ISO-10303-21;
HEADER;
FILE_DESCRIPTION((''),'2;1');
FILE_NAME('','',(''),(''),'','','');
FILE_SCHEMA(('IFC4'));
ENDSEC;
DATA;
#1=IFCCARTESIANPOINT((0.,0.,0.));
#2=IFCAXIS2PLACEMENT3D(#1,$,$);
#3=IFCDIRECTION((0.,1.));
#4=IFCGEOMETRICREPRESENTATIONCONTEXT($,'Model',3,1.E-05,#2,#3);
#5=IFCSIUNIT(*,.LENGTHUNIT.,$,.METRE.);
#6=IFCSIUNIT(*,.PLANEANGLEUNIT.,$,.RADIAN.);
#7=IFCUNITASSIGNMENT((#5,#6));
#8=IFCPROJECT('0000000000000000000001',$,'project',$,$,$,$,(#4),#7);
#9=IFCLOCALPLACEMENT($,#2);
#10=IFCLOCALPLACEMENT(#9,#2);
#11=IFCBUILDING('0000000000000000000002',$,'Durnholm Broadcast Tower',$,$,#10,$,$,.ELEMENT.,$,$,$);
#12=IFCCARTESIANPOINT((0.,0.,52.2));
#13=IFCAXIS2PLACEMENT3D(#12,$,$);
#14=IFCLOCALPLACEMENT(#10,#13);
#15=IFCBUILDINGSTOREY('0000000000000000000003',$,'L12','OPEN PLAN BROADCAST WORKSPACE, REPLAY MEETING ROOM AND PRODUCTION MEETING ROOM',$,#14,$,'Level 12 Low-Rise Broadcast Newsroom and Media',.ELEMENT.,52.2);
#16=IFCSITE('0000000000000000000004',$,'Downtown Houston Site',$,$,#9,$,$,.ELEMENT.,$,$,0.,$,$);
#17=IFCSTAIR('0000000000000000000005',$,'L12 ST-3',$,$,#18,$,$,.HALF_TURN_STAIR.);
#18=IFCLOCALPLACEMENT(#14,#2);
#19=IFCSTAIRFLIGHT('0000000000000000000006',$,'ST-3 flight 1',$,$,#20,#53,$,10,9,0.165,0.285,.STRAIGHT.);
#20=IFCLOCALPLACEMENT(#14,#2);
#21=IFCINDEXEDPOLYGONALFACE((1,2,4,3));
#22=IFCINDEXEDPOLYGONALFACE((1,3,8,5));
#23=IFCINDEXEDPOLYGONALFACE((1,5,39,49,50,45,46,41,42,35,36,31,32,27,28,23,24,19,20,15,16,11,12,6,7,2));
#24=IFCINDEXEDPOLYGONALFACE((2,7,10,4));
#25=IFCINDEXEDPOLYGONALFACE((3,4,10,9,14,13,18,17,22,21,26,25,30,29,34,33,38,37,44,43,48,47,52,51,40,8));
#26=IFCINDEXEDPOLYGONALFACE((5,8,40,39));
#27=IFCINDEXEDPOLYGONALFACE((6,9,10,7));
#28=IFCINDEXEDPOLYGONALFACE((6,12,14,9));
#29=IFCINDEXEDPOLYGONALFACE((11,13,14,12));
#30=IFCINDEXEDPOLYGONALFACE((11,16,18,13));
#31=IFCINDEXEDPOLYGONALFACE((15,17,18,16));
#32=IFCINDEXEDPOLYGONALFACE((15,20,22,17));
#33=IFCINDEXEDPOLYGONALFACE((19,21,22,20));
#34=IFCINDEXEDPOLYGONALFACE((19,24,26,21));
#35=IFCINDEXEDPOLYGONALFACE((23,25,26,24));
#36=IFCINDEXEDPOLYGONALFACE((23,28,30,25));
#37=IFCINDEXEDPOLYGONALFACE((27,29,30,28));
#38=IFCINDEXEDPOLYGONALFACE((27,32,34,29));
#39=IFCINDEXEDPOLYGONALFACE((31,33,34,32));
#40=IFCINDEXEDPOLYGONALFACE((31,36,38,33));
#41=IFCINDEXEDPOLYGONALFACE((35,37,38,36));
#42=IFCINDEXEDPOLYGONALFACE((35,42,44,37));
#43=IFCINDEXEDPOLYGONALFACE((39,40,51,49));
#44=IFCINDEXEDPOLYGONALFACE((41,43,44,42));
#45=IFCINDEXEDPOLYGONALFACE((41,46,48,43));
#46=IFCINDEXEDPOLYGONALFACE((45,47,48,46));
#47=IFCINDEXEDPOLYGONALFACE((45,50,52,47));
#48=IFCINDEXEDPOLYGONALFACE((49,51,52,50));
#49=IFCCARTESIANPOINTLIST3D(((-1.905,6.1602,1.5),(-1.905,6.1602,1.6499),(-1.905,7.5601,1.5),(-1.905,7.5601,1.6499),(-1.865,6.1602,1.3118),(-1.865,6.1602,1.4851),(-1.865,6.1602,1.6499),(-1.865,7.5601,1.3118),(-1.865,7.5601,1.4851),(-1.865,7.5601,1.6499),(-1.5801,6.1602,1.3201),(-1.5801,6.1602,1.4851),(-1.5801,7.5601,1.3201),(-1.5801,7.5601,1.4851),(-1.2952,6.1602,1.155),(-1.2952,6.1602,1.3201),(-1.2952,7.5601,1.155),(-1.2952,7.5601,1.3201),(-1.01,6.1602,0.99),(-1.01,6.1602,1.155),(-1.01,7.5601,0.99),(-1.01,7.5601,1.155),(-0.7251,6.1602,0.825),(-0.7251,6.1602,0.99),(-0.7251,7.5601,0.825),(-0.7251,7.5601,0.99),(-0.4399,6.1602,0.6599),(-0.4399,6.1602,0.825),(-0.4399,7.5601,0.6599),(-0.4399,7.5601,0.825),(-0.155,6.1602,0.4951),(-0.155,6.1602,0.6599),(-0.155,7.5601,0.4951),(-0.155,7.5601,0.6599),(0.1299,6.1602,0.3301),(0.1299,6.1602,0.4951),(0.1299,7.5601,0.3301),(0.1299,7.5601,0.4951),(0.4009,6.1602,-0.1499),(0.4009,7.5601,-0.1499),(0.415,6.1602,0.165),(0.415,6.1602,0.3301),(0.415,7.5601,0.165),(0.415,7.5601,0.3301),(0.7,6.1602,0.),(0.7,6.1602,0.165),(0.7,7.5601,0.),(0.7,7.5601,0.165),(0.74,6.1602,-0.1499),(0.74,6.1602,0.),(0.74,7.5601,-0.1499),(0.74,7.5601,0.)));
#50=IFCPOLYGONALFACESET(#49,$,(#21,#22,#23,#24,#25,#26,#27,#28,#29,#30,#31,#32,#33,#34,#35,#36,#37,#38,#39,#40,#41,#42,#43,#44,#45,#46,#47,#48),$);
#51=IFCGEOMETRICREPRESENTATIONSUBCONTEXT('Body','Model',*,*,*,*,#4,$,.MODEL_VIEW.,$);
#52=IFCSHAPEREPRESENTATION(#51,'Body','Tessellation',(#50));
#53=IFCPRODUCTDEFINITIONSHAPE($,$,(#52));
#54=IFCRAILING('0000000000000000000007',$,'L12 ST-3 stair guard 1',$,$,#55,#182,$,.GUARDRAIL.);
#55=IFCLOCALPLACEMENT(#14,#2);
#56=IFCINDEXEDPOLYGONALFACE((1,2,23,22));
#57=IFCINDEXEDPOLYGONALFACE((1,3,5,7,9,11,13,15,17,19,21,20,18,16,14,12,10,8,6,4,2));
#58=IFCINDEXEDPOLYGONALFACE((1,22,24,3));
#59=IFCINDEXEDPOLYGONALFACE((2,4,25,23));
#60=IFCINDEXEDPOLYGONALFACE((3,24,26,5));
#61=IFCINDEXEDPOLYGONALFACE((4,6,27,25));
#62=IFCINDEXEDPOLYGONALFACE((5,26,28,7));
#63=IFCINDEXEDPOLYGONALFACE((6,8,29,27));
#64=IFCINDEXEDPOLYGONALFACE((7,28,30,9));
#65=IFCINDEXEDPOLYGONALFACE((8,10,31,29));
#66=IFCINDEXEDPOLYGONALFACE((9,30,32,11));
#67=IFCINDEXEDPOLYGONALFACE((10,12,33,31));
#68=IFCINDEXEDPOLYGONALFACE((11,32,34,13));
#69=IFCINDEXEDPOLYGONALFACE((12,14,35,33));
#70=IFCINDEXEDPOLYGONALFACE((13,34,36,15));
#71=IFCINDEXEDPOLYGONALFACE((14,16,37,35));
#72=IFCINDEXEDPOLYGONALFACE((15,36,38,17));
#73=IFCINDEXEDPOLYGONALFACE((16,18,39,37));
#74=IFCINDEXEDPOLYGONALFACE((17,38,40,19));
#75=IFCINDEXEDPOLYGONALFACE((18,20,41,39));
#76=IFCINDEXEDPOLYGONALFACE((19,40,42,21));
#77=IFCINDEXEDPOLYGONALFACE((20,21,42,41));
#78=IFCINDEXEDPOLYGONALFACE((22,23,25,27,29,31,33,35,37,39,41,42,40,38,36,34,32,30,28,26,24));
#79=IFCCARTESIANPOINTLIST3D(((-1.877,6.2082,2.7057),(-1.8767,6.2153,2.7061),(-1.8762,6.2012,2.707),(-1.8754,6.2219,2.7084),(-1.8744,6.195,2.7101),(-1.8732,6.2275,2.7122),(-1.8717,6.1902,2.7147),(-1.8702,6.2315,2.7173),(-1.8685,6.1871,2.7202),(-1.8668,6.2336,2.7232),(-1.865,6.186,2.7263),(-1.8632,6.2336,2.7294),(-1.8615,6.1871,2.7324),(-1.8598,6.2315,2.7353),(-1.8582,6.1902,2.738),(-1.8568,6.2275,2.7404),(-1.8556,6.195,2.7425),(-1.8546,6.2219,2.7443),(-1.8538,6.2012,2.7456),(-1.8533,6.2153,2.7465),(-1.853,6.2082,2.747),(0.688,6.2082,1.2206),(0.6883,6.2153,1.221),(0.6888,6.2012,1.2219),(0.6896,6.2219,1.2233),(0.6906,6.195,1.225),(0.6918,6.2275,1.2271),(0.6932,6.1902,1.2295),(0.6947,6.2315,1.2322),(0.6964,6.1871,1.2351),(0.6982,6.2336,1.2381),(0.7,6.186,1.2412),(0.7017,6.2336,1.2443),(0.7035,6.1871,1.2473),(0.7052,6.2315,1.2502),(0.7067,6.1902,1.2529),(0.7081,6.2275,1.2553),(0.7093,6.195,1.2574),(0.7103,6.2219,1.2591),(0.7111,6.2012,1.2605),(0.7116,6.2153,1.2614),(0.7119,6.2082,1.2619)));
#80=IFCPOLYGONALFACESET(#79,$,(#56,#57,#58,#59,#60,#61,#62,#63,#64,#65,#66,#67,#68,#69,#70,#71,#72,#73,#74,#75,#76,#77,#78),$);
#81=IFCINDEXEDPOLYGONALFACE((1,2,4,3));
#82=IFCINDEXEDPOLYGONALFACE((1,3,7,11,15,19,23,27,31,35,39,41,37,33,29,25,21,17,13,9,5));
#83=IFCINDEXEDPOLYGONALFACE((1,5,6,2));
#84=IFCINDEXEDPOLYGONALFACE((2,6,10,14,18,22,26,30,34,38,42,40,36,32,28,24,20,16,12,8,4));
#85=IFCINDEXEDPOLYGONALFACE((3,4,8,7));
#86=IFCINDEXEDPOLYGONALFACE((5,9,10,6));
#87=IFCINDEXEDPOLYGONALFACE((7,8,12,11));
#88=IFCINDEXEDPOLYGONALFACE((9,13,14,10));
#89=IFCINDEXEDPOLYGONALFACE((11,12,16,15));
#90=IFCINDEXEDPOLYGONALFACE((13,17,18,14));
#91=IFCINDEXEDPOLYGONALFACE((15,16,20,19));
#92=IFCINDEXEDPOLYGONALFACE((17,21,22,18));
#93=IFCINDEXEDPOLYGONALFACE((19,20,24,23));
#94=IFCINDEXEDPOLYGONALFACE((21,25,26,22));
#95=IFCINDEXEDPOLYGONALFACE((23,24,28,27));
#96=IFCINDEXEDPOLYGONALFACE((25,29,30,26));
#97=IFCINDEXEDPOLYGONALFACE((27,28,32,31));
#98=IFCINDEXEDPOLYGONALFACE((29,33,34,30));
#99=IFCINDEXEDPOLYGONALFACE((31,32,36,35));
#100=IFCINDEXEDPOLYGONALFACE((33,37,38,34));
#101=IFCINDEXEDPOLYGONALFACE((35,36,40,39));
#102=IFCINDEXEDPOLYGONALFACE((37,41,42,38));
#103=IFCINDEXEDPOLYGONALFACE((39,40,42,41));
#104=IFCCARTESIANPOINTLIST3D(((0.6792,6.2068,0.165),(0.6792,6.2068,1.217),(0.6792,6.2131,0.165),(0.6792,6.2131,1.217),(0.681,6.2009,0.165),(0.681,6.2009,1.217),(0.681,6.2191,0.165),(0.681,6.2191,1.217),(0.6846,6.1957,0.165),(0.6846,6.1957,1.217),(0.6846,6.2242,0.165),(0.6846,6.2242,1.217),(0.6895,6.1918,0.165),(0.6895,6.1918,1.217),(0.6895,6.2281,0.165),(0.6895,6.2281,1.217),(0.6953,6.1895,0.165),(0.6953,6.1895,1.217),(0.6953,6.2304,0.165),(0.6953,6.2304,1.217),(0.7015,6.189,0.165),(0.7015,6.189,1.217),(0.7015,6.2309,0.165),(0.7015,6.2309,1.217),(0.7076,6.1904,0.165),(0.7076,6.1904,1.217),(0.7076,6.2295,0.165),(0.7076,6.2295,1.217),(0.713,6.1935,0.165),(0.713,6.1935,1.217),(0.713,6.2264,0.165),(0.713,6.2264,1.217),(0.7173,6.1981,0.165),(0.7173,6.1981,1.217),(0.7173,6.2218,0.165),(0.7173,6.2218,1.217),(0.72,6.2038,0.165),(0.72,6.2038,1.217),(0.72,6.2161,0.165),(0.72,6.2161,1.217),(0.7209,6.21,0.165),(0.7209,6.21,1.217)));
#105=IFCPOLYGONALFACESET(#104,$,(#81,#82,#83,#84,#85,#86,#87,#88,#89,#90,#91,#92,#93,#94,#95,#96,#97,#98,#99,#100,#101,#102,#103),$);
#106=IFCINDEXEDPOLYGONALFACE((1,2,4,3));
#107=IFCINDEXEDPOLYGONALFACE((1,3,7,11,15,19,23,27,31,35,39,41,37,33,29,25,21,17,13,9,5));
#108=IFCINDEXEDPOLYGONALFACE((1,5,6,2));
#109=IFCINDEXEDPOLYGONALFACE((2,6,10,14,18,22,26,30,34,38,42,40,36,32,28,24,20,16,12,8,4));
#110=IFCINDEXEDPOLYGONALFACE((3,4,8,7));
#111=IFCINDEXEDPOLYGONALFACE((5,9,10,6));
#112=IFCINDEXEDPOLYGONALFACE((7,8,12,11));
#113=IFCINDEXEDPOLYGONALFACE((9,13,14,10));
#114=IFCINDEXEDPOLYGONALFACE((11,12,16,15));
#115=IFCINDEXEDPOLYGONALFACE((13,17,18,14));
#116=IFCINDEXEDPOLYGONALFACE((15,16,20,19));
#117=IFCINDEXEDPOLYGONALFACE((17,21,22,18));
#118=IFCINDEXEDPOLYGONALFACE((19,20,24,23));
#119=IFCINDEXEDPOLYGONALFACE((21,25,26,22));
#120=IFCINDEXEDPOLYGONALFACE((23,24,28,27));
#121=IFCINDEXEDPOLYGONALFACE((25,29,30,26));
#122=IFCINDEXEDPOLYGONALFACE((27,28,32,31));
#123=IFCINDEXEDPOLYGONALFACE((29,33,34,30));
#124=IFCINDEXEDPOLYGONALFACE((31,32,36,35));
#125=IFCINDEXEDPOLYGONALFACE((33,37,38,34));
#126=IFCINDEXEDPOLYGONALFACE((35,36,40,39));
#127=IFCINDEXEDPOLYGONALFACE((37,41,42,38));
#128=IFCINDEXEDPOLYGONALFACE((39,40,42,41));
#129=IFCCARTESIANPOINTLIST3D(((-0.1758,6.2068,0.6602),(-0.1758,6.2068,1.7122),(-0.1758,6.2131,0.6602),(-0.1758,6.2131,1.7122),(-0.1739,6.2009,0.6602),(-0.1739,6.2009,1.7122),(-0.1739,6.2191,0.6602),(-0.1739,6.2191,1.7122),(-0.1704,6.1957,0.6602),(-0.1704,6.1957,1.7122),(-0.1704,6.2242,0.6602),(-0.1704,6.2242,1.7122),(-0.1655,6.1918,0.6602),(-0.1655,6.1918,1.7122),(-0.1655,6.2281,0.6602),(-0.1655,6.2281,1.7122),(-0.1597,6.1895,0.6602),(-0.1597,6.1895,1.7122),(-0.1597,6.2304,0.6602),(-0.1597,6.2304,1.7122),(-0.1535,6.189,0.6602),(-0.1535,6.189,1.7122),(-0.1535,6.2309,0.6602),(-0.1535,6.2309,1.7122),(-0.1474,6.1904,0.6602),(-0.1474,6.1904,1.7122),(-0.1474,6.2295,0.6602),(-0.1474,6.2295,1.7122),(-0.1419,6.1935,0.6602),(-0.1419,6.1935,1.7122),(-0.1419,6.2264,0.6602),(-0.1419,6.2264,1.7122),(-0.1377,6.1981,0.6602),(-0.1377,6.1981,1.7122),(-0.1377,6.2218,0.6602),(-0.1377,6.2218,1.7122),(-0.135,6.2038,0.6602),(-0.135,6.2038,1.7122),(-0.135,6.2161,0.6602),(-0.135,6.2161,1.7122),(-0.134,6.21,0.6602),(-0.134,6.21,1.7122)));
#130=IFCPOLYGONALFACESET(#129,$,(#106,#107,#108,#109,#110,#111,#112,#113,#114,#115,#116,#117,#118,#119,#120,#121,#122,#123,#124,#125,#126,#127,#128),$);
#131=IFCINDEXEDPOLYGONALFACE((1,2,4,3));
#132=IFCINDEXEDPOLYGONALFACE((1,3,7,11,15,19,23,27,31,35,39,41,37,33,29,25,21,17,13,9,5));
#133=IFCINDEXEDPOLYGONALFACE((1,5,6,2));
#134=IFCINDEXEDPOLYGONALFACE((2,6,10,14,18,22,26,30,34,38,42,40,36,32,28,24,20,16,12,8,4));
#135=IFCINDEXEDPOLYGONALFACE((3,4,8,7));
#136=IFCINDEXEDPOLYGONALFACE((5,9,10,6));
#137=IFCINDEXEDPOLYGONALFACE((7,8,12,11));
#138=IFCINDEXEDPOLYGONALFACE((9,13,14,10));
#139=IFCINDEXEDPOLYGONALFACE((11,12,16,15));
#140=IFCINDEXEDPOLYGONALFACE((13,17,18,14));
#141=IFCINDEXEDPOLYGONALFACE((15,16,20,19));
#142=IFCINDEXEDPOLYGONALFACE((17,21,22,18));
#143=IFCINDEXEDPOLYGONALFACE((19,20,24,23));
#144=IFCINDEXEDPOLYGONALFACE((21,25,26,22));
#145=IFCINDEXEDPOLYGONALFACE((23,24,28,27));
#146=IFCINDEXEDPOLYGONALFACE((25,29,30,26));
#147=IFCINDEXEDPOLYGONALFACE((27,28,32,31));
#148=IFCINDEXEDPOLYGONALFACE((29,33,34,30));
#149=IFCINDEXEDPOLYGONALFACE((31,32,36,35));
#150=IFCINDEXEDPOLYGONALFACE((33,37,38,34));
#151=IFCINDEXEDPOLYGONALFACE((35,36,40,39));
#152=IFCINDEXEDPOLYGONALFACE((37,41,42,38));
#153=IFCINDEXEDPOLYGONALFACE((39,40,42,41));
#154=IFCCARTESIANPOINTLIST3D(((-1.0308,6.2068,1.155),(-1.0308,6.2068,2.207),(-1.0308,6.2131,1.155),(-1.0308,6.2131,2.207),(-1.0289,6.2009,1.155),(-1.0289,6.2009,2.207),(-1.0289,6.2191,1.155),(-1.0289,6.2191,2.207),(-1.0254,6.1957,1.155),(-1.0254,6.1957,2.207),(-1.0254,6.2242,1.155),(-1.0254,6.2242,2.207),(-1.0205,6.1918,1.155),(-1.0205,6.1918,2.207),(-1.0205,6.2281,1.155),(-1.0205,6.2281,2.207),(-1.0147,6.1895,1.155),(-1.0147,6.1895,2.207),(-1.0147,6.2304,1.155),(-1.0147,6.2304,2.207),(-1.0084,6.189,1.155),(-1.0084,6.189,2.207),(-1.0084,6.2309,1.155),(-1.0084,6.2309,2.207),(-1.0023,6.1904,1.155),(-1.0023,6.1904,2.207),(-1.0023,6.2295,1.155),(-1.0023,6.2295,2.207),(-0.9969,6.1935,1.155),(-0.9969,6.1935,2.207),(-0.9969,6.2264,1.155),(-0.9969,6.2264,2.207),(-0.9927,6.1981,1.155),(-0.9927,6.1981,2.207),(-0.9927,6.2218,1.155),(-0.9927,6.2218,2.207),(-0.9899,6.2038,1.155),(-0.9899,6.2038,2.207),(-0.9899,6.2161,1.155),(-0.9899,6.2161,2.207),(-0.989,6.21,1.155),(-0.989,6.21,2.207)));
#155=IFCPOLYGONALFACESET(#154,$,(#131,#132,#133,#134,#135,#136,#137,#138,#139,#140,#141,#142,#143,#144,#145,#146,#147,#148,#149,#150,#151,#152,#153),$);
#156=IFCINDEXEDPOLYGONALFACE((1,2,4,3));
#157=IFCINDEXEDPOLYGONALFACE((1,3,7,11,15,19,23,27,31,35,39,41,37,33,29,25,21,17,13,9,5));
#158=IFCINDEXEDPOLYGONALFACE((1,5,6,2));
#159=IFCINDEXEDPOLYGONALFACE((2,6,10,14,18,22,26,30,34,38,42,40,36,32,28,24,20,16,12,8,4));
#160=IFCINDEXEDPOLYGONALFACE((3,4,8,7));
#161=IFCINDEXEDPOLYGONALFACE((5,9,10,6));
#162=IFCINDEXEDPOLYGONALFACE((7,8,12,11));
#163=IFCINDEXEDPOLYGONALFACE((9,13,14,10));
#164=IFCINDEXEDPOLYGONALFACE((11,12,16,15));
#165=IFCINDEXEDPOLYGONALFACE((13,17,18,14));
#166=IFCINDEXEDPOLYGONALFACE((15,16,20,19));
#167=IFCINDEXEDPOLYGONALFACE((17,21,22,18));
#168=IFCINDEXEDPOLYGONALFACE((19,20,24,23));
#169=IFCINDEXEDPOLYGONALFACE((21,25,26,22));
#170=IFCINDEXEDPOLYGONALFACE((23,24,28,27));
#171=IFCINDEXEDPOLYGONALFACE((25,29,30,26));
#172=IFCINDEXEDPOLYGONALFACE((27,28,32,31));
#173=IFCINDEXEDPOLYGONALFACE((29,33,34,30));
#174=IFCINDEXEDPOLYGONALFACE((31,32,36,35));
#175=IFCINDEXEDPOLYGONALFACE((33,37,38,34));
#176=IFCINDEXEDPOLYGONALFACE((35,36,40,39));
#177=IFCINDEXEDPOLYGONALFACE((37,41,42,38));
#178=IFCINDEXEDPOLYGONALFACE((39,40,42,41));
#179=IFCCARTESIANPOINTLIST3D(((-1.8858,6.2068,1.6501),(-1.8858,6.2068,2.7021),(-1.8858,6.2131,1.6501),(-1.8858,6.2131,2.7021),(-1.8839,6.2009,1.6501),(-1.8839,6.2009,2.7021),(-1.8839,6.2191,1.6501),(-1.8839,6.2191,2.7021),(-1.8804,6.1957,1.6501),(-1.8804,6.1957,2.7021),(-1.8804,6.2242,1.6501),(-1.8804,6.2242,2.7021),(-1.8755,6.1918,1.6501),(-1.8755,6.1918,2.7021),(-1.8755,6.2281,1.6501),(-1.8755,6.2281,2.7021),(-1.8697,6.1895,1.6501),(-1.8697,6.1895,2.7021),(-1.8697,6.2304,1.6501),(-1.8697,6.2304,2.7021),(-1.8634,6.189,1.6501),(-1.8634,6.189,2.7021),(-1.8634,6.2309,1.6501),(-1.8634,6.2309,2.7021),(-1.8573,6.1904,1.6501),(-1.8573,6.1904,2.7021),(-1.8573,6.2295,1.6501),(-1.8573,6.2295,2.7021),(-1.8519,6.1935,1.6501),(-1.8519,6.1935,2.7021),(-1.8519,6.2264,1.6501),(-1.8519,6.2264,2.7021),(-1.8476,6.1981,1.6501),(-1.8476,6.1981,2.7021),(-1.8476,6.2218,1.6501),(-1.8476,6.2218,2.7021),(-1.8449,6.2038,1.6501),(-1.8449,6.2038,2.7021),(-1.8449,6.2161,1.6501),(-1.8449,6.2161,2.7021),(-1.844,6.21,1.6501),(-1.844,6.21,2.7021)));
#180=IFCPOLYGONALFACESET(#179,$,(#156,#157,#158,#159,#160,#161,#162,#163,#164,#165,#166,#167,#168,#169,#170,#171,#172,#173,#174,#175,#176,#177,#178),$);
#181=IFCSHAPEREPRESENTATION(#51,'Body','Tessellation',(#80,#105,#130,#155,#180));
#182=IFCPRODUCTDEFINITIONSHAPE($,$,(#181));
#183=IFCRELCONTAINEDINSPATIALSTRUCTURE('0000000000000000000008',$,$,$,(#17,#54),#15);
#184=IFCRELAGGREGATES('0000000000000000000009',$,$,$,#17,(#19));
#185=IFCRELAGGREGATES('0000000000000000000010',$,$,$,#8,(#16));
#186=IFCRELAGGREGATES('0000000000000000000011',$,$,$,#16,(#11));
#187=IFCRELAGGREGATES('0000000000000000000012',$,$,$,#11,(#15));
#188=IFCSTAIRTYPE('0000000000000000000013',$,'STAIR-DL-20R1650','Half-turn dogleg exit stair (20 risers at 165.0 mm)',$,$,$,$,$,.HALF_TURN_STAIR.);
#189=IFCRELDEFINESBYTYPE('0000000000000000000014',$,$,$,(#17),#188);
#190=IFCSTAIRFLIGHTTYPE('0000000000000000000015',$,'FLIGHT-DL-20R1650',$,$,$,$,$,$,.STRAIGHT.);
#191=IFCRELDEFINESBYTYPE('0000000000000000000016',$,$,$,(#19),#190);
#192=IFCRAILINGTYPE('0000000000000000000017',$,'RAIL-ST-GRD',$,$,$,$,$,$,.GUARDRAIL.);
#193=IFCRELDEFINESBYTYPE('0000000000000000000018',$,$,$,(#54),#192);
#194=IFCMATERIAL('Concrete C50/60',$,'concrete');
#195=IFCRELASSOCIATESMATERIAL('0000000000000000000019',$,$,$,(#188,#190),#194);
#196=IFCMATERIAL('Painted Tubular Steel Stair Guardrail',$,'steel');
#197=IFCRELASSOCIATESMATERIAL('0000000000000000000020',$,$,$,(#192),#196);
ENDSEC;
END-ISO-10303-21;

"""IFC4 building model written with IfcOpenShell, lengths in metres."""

from ifc_helpers import new_model, si_unit, direction, frame, origin, origin_2d, place, context, subcontext, project, spatial, polyline, circle, outline, extrude, material, type_object, element, aggregate, save


model = new_model("IFC4")

# Units and contexts
model_context = context("Model", 3, precision=1e-05, world=origin(), true_north=direction((0.0, 1.0)))
body_context = subcontext(model_context, "Body", "Model", "MODEL_VIEW")
ifc_project = project(units=[si_unit("LENGTHUNIT", "METRE"), si_unit("PLANEANGLEUNIT", "RADIAN")], contexts=[model_context])

# Site, building, storey
site_placement = place(None, origin())
site = spatial("IfcSite", under=ifc_project, at=site_placement, Name="Downtown Houston Site", CompositionType="ELEMENT", RefElevation=0.0)
building_placement = place(site_placement, origin())
building = spatial("IfcBuilding", under=site, at=building_placement, Name="Durnholm Broadcast Tower", CompositionType="ELEMENT")
storey_placement = place(building_placement, frame((0.0, 0.0, 52.2)))
storey = spatial("IfcBuildingStorey", under=building, at=storey_placement, Name="L12", Description="OPEN PLAN BROADCAST WORKSPACE, REPLAY MEETING ROOM AND PRODUCTION MEETING ROOM", LongName="Level 12 Low-Rise Broadcast Newsroom and Media", CompositionType="ELEMENT", Elevation=52.2)

# Stair
ifc_material_1 = material(Name="Concrete C50/60", Category="concrete")
stair_type = type_object("IfcStairType", Name="STAIR-DL-20R1650", Description="Half-turn dogleg exit stair (20 risers at 165.0 mm)", PredefinedType="HALF_TURN_STAIR", material=ifc_material_1)
stair_1_placement = place(storey_placement, origin())
stair_1 = element("IfcStair", 1, at=stair_1_placement, inside=storey, type_object=stair_type, Name="L12 ST-3", PredefinedType="HALF_TURN_STAIR")

# Stair flight
stair_flight_type = type_object("IfcStairFlightType", Name="FLIGHT-DL-20R1650", PredefinedType="STRAIGHT", material=ifc_material_1)
stair_flight_placement = place(storey_placement, frame((0.7, 6.8601, 0.0), z_axis=(0.0, 0.0, 1.0), x_axis=(-1.0, 0.0, 0.0)))
stair_flight = element("IfcStairFlight", 2, at=stair_flight_placement, type_object=stair_flight_type, Name="ST-3 flight 1", NumberOfRisers=10, NumberOfTreads=9, PredefinedType="STRAIGHT", RiserHeight=0.165, TreadLength=0.285, context=body_context, shape_type="SweptSolid", body=[
    extrude(outline(polyline([(-0.04, -0.1499), (-0.04, 0.0), (0.0, 0.0), (0.0, 0.165), (0.2849, 0.165), (0.2849, 0.3301), (0.5701, 0.3301), (0.5701, 0.4951), (0.855, 0.4951), (0.855, 0.6599), (1.1399, 0.6599), (1.1399, 0.825), (1.425, 0.825), (1.425, 0.99), (1.71, 0.99), (1.71, 1.155), (1.9951, 1.155), (1.9951, 1.3201), (2.28, 1.3201), (2.28, 1.4851), (2.5649, 1.4851), (2.5649, 1.6499), (2.605, 1.6499), (2.605, 1.5), (2.5649, 1.3118), (0.2991, -0.1499), (-0.04, -0.1499)])), frame((0.0, 0.7, 0.0), z_axis=(0.0, -1.0, 0.0), x_axis=(1.0, 0.0, 0.0)), (0.0, 0.0, 1.0), 1.3999),
])
aggregate(stair_1, [stair_flight])

# Railing
ifc_material_2 = material(Name="Painted Tubular Steel Stair Guardrail", Category="steel")
railing_type_1 = type_object("IfcRailingType", Name="RAIL-ST-GRD", PredefinedType="GUARDRAIL", material=ifc_material_2)
railing_1_placement = place(storey_placement, frame((0.7, 6.21, 0.165)))
element("IfcRailing", 3, at=railing_1_placement, inside=storey, type_object=railing_type_1, Name="L12 ST-3 stair guard 1", PredefinedType="GUARDRAIL", context=body_context, shape_type="SweptSolid", body=[
    extrude(circle(Radius=0.0239, at=origin_2d()), frame((0.0, 0.0, 1.0762), z_axis=(-0.865406, 0.0, 0.501072), x_axis=(0.0, -1.0, 0.0)), (0.0, 0.0, 1.0), 2.9639),
    extrude(circle(Radius=0.021, at=origin_2d()), origin(), (0.0, 0.0, 1.0), 1.052),
    extrude(circle(Radius=0.021, at=origin_2d()), frame((-0.855, 0.0, 0.4951)), (0.0, 0.0, 1.0), 1.052),
    extrude(circle(Radius=0.021, at=origin_2d()), frame((-1.71, 0.0, 0.99)), (0.0, 0.0, 1.0), 1.052),
    extrude(circle(Radius=0.021, at=origin_2d()), frame((-2.5649, 0.0, 1.4851)), (0.0, 0.0, 1.0), 1.052),
])

save(model, "model.ifc")
